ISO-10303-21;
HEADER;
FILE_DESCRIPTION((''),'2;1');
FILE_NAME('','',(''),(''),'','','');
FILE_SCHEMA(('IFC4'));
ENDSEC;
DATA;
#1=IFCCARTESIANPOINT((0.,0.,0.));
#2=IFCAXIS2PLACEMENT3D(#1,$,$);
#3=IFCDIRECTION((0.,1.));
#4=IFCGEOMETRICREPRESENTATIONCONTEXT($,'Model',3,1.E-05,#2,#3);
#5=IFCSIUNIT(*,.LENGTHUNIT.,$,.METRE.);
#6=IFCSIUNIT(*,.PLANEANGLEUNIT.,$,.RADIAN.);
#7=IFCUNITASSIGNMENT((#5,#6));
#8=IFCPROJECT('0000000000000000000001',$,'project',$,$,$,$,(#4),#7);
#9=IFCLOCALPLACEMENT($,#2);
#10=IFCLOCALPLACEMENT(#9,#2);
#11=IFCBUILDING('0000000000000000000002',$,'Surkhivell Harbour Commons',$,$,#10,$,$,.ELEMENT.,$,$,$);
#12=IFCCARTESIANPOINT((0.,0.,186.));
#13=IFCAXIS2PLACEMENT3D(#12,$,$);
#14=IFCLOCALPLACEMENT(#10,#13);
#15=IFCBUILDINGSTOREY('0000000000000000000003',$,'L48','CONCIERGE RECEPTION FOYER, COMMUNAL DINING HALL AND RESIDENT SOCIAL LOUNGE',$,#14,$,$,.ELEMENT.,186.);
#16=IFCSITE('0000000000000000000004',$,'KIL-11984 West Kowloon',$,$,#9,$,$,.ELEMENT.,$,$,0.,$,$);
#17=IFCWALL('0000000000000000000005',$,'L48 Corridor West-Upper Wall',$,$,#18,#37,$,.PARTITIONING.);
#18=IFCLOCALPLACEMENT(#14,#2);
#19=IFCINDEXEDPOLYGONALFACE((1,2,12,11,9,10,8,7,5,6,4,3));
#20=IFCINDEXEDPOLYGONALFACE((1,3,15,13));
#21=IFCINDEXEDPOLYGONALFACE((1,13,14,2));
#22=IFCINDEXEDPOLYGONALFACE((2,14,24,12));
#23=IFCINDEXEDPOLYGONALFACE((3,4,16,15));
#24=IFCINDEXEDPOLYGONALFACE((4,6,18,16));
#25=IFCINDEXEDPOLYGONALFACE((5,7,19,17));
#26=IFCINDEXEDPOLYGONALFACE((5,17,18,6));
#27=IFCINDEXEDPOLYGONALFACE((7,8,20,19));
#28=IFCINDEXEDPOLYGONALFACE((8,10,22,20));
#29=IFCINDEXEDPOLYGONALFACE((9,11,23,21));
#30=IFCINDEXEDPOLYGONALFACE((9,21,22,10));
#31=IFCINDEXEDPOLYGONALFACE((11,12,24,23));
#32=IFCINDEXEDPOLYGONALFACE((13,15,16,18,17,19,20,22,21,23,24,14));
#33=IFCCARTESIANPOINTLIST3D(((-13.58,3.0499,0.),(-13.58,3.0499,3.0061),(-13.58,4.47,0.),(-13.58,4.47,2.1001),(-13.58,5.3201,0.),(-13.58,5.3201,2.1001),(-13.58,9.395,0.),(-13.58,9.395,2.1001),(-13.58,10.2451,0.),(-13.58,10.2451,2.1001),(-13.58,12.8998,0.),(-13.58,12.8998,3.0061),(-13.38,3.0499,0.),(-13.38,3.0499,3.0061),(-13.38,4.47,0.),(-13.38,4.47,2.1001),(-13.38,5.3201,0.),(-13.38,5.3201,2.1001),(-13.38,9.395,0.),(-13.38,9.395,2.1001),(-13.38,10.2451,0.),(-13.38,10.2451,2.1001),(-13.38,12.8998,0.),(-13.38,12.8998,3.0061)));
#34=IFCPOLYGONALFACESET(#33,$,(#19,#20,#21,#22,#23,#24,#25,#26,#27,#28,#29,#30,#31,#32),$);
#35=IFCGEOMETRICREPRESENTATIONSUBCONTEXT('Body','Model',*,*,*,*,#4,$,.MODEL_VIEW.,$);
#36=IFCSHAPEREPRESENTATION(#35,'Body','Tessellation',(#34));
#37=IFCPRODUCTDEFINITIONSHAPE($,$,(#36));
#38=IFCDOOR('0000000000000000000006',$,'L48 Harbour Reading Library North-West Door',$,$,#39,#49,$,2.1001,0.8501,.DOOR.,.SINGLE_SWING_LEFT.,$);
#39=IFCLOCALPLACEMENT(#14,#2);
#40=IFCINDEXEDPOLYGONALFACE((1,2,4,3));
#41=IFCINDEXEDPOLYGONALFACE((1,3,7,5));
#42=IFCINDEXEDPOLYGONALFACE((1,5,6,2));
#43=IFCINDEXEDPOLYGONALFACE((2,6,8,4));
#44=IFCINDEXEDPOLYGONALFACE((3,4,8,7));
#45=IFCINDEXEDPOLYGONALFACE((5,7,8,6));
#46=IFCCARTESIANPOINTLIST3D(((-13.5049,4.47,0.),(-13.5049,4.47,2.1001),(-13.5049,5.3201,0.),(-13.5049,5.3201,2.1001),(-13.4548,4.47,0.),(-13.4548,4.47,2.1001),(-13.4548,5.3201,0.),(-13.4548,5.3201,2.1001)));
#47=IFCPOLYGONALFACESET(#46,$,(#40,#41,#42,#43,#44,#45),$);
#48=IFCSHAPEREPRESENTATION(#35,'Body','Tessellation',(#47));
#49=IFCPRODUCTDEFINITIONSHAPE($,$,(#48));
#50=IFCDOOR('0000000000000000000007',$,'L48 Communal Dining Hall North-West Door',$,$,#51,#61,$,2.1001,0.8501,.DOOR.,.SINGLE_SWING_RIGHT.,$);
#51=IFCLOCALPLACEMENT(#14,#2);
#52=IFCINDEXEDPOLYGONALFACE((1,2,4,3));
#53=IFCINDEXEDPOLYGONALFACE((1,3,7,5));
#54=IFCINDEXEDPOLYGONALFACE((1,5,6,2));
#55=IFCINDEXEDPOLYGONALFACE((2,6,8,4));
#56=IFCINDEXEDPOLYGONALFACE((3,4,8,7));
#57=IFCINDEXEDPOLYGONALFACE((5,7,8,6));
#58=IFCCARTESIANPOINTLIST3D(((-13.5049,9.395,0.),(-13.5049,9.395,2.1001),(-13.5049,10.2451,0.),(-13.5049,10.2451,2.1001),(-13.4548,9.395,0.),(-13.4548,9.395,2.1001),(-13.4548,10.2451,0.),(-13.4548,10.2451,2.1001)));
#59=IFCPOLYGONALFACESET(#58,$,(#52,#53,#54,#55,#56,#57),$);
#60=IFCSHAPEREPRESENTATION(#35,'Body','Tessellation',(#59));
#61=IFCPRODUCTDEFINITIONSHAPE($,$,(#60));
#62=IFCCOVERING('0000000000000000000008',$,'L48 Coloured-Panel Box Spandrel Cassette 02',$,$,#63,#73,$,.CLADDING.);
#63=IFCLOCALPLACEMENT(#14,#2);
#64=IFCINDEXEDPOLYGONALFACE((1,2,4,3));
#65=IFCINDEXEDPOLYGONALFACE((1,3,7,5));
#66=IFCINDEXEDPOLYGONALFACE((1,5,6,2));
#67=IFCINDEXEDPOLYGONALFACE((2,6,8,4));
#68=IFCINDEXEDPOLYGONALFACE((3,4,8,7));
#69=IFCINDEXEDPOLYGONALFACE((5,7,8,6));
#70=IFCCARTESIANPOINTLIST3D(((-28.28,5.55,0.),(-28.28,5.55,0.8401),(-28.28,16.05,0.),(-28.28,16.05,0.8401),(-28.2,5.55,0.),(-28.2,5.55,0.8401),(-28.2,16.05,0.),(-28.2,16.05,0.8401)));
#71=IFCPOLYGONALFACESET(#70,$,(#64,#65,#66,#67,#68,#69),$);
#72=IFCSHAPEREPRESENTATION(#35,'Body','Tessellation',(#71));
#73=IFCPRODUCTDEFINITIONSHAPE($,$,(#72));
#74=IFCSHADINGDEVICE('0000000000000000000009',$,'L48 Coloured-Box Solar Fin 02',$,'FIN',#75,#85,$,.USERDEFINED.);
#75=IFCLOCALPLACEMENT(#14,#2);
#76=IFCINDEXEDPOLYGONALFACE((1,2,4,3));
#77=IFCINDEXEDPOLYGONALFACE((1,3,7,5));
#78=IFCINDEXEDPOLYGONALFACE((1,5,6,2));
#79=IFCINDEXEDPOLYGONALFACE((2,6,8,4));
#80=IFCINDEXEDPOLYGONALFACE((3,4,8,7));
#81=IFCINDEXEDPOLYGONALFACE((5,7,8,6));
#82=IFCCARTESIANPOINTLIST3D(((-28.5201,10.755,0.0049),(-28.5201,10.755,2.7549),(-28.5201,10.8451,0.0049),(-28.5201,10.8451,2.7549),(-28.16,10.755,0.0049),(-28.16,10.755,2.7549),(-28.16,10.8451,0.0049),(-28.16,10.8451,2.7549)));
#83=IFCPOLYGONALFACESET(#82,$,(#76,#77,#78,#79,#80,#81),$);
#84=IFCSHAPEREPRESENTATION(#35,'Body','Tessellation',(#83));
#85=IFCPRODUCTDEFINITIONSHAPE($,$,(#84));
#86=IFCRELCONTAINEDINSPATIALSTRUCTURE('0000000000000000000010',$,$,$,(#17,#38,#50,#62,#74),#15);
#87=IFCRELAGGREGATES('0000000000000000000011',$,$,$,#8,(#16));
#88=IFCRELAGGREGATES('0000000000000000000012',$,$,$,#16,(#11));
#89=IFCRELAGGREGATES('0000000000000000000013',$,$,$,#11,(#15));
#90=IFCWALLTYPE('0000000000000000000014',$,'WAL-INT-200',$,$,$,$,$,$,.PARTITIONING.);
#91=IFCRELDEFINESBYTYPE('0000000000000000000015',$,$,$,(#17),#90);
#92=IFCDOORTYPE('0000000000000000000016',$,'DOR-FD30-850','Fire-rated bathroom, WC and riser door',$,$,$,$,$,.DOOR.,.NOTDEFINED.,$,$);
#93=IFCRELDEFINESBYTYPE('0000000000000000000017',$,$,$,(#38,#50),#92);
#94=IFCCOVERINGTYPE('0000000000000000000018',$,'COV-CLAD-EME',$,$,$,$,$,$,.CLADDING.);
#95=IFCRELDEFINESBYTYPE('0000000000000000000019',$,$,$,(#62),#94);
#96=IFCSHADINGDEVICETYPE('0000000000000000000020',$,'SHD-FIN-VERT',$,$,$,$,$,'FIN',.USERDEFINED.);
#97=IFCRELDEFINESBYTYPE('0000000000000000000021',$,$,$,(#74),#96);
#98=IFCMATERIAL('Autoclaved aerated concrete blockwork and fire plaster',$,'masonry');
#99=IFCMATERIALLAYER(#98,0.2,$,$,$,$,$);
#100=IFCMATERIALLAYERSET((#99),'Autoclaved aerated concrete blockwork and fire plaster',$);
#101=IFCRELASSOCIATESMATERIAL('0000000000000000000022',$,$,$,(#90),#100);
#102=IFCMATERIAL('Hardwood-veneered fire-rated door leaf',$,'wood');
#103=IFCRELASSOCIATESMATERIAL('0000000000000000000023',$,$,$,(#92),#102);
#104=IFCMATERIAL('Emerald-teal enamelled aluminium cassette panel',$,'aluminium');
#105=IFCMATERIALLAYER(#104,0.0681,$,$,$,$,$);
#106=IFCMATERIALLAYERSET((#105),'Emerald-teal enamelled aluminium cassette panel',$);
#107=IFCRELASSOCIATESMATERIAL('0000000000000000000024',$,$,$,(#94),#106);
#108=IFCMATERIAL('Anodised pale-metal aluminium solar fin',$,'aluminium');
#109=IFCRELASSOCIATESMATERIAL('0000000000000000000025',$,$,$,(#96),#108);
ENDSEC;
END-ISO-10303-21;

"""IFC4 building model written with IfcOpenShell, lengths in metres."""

from ifc_helpers import new_model, si_unit, direction, frame, frame_2d, origin, origin_2d, place, context, subcontext, project, spatial, rectangle, extrude, material, layer, layer_set, type_object, element, fill, save


model = new_model("IFC4")

# Units and contexts
model_context = context("Model", 3, precision=1e-05, world=origin(), true_north=direction((0.0, 1.0)))
body_context = subcontext(model_context, "Body", "Model", "MODEL_VIEW")
ifc_project = project(units=[si_unit("LENGTHUNIT", "METRE"), si_unit("PLANEANGLEUNIT", "RADIAN")], contexts=[model_context])

# Site, building, storey
site_placement = place(None, origin())
site = spatial("IfcSite", under=ifc_project, at=site_placement, Name="KIL-11984 West Kowloon", CompositionType="ELEMENT", RefElevation=0.0)
building_placement = place(site_placement, origin())
building = spatial("IfcBuilding", under=site, at=building_placement, Name="Surkhivell Harbour Commons", CompositionType="ELEMENT")
storey_placement = place(building_placement, frame((0.0, 0.0, 186.0)))
storey = spatial("IfcBuildingStorey", under=building, at=storey_placement, Name="L48", Description="CONCIERGE RECEPTION FOYER, COMMUNAL DINING HALL AND RESIDENT SOCIAL LOUNGE", CompositionType="ELEMENT", Elevation=186.0)

# Shared definitions
ifc_material_1 = material(Name="Autoclaved aerated concrete blockwork and fire plaster", Category="masonry")
ifc_layer_1 = layer(ifc_material_1, 0.2)
ifc_layer_set_1 = layer_set([ifc_layer_1], Name="Autoclaved aerated concrete blockwork and fire plaster")
wall_type_1 = type_object("IfcWallType", Name="WAL-INT-200", PredefinedType="PARTITIONING", material=ifc_layer_set_1)

# Wall, openings, doors
wall_1_placement = place(storey_placement, frame((-13.48, 3.05, 0.0), z_axis=(0.0, 0.0, 1.0), x_axis=(0.0, 1.0, 0.0)))
wall_1 = element("IfcWall", 1, at=wall_1_placement, inside=storey, type_object=wall_type_1, Name="L48 Corridor West-Upper Wall", PredefinedType="PARTITIONING", context=body_context, shape_type="SweptSolid", body=[
    extrude(rectangle(XDim=9.8499, YDim=0.2, at=frame_2d((4.9248, 0.0))), origin(), (0.0, 0.0, 1.0), 3.0061),
])
opening_1_placement = place(wall_1_placement, frame((1.4199, 0.0, 0.0)))
opening_1 = element("IfcOpeningElement", 2, at=opening_1_placement, cuts=wall_1, PredefinedType="OPENING", context=body_context, shape_type="SweptSolid", body=[
    extrude(rectangle(XDim=0.8501, YDim=2.1001, at=frame_2d((0.425, 1.05))), frame((0.0, 0.1099, 0.0), z_axis=(0.0, -1.0, 0.0), x_axis=(1.0, 0.0, 0.0)), (0.0, 0.0, 1.0), 0.22),
])
opening_2_placement = place(wall_1_placement, frame((6.345, 0.0, 0.0)))
opening_2 = element("IfcOpeningElement", 3, at=opening_2_placement, cuts=wall_1, PredefinedType="OPENING", context=body_context, shape_type="SweptSolid", body=[
    extrude(rectangle(XDim=0.8501, YDim=2.1001, at=frame_2d((0.425, 1.05))), frame((0.0, 0.1099, 0.0), z_axis=(0.0, -1.0, 0.0), x_axis=(1.0, 0.0, 0.0)), (0.0, 0.0, 1.0), 0.22),
])
ifc_material_2 = material(Name="Hardwood-veneered fire-rated door leaf", Category="wood")
door_type = type_object("IfcDoorType", Name="DOR-FD30-850", Description="Fire-rated bathroom, WC and riser door", OperationType="NOTDEFINED", PredefinedType="DOOR", material=ifc_material_2)
door_1_placement = place(opening_1_placement, origin())
door_1 = element("IfcDoor", 4, at=door_1_placement, inside=storey, type_object=door_type, Name="L48 Harbour Reading Library North-West Door", OperationType="SINGLE_SWING_LEFT", OverallHeight=2.1001, OverallWidth=0.8501, PredefinedType="DOOR", context=body_context, shape_type="SweptSolid", body=[
    extrude(rectangle(XDim=0.8501, YDim=2.1001, at=frame_2d((0.425, 1.05))), frame((0.0, 0.0249, 0.0), z_axis=(0.0, -1.0, 0.0), x_axis=(1.0, 0.0, 0.0)), (0.0, 0.0, 1.0), 0.05),
])
fill(opening_1, door_1)
door_2_placement = place(opening_2_placement, origin())
door_2 = element("IfcDoor", 5, at=door_2_placement, inside=storey, type_object=door_type, Name="L48 Communal Dining Hall North-West Door", OperationType="SINGLE_SWING_RIGHT", OverallHeight=2.1001, OverallWidth=0.8501, PredefinedType="DOOR", context=body_context, shape_type="SweptSolid", body=[
    extrude(rectangle(XDim=0.8501, YDim=2.1001, at=frame_2d((0.425, 1.05))), frame((0.0, 0.0249, 0.0), z_axis=(0.0, -1.0, 0.0), x_axis=(1.0, 0.0, 0.0)), (0.0, 0.0, 1.0), 0.05),
])
fill(opening_2, door_2)

# Covering
ifc_material_3 = material(Name="Emerald-teal enamelled aluminium cassette panel", Category="aluminium")
ifc_layer_2 = layer(ifc_material_3, 0.0681)
ifc_layer_set_2 = layer_set([ifc_layer_2], Name="Emerald-teal enamelled aluminium cassette panel")
covering_type = type_object("IfcCoveringType", Name="COV-CLAD-EME", PredefinedType="CLADDING", material=ifc_layer_set_2)
covering_placement = place(storey_placement, frame((-28.24, 10.8, 0.0), z_axis=(0.0, 0.0, 1.0), x_axis=(1.0, 0.0, 0.0)))
element("IfcCovering", 6, at=covering_placement, inside=storey, type_object=covering_type, Name="L48 Coloured-Panel Box Spandrel Cassette 02", PredefinedType="CLADDING", context=body_context, shape_type="SweptSolid", body=[
    extrude(rectangle(XDim=0.0801, YDim=10.5, at=origin_2d()), origin(), (0.0, 0.0, 1.0), 0.8401),
])

# Shading device
ifc_material_4 = material(Name="Anodised pale-metal aluminium solar fin", Category="aluminium")
shading_device_type = type_object("IfcShadingDeviceType", Name="SHD-FIN-VERT", ElementType="FIN", PredefinedType="USERDEFINED", material=ifc_material_4)
shading_device_placement = place(storey_placement, frame((-28.3401, 10.8, 0.0049), z_axis=(0.0, 0.0, 1.0), x_axis=(1.0, 0.0, 0.0)))
element("IfcShadingDevice", 7, at=shading_device_placement, inside=storey, type_object=shading_device_type, Name="L48 Coloured-Box Solar Fin 02", ObjectType="FIN", PredefinedType="USERDEFINED", context=body_context, shape_type="SweptSolid", body=[
    extrude(rectangle(XDim=0.3601, YDim=0.0901, at=origin_2d()), origin(), (0.0, 0.0, 1.0), 2.75),
])

save(model, "model.ifc")
